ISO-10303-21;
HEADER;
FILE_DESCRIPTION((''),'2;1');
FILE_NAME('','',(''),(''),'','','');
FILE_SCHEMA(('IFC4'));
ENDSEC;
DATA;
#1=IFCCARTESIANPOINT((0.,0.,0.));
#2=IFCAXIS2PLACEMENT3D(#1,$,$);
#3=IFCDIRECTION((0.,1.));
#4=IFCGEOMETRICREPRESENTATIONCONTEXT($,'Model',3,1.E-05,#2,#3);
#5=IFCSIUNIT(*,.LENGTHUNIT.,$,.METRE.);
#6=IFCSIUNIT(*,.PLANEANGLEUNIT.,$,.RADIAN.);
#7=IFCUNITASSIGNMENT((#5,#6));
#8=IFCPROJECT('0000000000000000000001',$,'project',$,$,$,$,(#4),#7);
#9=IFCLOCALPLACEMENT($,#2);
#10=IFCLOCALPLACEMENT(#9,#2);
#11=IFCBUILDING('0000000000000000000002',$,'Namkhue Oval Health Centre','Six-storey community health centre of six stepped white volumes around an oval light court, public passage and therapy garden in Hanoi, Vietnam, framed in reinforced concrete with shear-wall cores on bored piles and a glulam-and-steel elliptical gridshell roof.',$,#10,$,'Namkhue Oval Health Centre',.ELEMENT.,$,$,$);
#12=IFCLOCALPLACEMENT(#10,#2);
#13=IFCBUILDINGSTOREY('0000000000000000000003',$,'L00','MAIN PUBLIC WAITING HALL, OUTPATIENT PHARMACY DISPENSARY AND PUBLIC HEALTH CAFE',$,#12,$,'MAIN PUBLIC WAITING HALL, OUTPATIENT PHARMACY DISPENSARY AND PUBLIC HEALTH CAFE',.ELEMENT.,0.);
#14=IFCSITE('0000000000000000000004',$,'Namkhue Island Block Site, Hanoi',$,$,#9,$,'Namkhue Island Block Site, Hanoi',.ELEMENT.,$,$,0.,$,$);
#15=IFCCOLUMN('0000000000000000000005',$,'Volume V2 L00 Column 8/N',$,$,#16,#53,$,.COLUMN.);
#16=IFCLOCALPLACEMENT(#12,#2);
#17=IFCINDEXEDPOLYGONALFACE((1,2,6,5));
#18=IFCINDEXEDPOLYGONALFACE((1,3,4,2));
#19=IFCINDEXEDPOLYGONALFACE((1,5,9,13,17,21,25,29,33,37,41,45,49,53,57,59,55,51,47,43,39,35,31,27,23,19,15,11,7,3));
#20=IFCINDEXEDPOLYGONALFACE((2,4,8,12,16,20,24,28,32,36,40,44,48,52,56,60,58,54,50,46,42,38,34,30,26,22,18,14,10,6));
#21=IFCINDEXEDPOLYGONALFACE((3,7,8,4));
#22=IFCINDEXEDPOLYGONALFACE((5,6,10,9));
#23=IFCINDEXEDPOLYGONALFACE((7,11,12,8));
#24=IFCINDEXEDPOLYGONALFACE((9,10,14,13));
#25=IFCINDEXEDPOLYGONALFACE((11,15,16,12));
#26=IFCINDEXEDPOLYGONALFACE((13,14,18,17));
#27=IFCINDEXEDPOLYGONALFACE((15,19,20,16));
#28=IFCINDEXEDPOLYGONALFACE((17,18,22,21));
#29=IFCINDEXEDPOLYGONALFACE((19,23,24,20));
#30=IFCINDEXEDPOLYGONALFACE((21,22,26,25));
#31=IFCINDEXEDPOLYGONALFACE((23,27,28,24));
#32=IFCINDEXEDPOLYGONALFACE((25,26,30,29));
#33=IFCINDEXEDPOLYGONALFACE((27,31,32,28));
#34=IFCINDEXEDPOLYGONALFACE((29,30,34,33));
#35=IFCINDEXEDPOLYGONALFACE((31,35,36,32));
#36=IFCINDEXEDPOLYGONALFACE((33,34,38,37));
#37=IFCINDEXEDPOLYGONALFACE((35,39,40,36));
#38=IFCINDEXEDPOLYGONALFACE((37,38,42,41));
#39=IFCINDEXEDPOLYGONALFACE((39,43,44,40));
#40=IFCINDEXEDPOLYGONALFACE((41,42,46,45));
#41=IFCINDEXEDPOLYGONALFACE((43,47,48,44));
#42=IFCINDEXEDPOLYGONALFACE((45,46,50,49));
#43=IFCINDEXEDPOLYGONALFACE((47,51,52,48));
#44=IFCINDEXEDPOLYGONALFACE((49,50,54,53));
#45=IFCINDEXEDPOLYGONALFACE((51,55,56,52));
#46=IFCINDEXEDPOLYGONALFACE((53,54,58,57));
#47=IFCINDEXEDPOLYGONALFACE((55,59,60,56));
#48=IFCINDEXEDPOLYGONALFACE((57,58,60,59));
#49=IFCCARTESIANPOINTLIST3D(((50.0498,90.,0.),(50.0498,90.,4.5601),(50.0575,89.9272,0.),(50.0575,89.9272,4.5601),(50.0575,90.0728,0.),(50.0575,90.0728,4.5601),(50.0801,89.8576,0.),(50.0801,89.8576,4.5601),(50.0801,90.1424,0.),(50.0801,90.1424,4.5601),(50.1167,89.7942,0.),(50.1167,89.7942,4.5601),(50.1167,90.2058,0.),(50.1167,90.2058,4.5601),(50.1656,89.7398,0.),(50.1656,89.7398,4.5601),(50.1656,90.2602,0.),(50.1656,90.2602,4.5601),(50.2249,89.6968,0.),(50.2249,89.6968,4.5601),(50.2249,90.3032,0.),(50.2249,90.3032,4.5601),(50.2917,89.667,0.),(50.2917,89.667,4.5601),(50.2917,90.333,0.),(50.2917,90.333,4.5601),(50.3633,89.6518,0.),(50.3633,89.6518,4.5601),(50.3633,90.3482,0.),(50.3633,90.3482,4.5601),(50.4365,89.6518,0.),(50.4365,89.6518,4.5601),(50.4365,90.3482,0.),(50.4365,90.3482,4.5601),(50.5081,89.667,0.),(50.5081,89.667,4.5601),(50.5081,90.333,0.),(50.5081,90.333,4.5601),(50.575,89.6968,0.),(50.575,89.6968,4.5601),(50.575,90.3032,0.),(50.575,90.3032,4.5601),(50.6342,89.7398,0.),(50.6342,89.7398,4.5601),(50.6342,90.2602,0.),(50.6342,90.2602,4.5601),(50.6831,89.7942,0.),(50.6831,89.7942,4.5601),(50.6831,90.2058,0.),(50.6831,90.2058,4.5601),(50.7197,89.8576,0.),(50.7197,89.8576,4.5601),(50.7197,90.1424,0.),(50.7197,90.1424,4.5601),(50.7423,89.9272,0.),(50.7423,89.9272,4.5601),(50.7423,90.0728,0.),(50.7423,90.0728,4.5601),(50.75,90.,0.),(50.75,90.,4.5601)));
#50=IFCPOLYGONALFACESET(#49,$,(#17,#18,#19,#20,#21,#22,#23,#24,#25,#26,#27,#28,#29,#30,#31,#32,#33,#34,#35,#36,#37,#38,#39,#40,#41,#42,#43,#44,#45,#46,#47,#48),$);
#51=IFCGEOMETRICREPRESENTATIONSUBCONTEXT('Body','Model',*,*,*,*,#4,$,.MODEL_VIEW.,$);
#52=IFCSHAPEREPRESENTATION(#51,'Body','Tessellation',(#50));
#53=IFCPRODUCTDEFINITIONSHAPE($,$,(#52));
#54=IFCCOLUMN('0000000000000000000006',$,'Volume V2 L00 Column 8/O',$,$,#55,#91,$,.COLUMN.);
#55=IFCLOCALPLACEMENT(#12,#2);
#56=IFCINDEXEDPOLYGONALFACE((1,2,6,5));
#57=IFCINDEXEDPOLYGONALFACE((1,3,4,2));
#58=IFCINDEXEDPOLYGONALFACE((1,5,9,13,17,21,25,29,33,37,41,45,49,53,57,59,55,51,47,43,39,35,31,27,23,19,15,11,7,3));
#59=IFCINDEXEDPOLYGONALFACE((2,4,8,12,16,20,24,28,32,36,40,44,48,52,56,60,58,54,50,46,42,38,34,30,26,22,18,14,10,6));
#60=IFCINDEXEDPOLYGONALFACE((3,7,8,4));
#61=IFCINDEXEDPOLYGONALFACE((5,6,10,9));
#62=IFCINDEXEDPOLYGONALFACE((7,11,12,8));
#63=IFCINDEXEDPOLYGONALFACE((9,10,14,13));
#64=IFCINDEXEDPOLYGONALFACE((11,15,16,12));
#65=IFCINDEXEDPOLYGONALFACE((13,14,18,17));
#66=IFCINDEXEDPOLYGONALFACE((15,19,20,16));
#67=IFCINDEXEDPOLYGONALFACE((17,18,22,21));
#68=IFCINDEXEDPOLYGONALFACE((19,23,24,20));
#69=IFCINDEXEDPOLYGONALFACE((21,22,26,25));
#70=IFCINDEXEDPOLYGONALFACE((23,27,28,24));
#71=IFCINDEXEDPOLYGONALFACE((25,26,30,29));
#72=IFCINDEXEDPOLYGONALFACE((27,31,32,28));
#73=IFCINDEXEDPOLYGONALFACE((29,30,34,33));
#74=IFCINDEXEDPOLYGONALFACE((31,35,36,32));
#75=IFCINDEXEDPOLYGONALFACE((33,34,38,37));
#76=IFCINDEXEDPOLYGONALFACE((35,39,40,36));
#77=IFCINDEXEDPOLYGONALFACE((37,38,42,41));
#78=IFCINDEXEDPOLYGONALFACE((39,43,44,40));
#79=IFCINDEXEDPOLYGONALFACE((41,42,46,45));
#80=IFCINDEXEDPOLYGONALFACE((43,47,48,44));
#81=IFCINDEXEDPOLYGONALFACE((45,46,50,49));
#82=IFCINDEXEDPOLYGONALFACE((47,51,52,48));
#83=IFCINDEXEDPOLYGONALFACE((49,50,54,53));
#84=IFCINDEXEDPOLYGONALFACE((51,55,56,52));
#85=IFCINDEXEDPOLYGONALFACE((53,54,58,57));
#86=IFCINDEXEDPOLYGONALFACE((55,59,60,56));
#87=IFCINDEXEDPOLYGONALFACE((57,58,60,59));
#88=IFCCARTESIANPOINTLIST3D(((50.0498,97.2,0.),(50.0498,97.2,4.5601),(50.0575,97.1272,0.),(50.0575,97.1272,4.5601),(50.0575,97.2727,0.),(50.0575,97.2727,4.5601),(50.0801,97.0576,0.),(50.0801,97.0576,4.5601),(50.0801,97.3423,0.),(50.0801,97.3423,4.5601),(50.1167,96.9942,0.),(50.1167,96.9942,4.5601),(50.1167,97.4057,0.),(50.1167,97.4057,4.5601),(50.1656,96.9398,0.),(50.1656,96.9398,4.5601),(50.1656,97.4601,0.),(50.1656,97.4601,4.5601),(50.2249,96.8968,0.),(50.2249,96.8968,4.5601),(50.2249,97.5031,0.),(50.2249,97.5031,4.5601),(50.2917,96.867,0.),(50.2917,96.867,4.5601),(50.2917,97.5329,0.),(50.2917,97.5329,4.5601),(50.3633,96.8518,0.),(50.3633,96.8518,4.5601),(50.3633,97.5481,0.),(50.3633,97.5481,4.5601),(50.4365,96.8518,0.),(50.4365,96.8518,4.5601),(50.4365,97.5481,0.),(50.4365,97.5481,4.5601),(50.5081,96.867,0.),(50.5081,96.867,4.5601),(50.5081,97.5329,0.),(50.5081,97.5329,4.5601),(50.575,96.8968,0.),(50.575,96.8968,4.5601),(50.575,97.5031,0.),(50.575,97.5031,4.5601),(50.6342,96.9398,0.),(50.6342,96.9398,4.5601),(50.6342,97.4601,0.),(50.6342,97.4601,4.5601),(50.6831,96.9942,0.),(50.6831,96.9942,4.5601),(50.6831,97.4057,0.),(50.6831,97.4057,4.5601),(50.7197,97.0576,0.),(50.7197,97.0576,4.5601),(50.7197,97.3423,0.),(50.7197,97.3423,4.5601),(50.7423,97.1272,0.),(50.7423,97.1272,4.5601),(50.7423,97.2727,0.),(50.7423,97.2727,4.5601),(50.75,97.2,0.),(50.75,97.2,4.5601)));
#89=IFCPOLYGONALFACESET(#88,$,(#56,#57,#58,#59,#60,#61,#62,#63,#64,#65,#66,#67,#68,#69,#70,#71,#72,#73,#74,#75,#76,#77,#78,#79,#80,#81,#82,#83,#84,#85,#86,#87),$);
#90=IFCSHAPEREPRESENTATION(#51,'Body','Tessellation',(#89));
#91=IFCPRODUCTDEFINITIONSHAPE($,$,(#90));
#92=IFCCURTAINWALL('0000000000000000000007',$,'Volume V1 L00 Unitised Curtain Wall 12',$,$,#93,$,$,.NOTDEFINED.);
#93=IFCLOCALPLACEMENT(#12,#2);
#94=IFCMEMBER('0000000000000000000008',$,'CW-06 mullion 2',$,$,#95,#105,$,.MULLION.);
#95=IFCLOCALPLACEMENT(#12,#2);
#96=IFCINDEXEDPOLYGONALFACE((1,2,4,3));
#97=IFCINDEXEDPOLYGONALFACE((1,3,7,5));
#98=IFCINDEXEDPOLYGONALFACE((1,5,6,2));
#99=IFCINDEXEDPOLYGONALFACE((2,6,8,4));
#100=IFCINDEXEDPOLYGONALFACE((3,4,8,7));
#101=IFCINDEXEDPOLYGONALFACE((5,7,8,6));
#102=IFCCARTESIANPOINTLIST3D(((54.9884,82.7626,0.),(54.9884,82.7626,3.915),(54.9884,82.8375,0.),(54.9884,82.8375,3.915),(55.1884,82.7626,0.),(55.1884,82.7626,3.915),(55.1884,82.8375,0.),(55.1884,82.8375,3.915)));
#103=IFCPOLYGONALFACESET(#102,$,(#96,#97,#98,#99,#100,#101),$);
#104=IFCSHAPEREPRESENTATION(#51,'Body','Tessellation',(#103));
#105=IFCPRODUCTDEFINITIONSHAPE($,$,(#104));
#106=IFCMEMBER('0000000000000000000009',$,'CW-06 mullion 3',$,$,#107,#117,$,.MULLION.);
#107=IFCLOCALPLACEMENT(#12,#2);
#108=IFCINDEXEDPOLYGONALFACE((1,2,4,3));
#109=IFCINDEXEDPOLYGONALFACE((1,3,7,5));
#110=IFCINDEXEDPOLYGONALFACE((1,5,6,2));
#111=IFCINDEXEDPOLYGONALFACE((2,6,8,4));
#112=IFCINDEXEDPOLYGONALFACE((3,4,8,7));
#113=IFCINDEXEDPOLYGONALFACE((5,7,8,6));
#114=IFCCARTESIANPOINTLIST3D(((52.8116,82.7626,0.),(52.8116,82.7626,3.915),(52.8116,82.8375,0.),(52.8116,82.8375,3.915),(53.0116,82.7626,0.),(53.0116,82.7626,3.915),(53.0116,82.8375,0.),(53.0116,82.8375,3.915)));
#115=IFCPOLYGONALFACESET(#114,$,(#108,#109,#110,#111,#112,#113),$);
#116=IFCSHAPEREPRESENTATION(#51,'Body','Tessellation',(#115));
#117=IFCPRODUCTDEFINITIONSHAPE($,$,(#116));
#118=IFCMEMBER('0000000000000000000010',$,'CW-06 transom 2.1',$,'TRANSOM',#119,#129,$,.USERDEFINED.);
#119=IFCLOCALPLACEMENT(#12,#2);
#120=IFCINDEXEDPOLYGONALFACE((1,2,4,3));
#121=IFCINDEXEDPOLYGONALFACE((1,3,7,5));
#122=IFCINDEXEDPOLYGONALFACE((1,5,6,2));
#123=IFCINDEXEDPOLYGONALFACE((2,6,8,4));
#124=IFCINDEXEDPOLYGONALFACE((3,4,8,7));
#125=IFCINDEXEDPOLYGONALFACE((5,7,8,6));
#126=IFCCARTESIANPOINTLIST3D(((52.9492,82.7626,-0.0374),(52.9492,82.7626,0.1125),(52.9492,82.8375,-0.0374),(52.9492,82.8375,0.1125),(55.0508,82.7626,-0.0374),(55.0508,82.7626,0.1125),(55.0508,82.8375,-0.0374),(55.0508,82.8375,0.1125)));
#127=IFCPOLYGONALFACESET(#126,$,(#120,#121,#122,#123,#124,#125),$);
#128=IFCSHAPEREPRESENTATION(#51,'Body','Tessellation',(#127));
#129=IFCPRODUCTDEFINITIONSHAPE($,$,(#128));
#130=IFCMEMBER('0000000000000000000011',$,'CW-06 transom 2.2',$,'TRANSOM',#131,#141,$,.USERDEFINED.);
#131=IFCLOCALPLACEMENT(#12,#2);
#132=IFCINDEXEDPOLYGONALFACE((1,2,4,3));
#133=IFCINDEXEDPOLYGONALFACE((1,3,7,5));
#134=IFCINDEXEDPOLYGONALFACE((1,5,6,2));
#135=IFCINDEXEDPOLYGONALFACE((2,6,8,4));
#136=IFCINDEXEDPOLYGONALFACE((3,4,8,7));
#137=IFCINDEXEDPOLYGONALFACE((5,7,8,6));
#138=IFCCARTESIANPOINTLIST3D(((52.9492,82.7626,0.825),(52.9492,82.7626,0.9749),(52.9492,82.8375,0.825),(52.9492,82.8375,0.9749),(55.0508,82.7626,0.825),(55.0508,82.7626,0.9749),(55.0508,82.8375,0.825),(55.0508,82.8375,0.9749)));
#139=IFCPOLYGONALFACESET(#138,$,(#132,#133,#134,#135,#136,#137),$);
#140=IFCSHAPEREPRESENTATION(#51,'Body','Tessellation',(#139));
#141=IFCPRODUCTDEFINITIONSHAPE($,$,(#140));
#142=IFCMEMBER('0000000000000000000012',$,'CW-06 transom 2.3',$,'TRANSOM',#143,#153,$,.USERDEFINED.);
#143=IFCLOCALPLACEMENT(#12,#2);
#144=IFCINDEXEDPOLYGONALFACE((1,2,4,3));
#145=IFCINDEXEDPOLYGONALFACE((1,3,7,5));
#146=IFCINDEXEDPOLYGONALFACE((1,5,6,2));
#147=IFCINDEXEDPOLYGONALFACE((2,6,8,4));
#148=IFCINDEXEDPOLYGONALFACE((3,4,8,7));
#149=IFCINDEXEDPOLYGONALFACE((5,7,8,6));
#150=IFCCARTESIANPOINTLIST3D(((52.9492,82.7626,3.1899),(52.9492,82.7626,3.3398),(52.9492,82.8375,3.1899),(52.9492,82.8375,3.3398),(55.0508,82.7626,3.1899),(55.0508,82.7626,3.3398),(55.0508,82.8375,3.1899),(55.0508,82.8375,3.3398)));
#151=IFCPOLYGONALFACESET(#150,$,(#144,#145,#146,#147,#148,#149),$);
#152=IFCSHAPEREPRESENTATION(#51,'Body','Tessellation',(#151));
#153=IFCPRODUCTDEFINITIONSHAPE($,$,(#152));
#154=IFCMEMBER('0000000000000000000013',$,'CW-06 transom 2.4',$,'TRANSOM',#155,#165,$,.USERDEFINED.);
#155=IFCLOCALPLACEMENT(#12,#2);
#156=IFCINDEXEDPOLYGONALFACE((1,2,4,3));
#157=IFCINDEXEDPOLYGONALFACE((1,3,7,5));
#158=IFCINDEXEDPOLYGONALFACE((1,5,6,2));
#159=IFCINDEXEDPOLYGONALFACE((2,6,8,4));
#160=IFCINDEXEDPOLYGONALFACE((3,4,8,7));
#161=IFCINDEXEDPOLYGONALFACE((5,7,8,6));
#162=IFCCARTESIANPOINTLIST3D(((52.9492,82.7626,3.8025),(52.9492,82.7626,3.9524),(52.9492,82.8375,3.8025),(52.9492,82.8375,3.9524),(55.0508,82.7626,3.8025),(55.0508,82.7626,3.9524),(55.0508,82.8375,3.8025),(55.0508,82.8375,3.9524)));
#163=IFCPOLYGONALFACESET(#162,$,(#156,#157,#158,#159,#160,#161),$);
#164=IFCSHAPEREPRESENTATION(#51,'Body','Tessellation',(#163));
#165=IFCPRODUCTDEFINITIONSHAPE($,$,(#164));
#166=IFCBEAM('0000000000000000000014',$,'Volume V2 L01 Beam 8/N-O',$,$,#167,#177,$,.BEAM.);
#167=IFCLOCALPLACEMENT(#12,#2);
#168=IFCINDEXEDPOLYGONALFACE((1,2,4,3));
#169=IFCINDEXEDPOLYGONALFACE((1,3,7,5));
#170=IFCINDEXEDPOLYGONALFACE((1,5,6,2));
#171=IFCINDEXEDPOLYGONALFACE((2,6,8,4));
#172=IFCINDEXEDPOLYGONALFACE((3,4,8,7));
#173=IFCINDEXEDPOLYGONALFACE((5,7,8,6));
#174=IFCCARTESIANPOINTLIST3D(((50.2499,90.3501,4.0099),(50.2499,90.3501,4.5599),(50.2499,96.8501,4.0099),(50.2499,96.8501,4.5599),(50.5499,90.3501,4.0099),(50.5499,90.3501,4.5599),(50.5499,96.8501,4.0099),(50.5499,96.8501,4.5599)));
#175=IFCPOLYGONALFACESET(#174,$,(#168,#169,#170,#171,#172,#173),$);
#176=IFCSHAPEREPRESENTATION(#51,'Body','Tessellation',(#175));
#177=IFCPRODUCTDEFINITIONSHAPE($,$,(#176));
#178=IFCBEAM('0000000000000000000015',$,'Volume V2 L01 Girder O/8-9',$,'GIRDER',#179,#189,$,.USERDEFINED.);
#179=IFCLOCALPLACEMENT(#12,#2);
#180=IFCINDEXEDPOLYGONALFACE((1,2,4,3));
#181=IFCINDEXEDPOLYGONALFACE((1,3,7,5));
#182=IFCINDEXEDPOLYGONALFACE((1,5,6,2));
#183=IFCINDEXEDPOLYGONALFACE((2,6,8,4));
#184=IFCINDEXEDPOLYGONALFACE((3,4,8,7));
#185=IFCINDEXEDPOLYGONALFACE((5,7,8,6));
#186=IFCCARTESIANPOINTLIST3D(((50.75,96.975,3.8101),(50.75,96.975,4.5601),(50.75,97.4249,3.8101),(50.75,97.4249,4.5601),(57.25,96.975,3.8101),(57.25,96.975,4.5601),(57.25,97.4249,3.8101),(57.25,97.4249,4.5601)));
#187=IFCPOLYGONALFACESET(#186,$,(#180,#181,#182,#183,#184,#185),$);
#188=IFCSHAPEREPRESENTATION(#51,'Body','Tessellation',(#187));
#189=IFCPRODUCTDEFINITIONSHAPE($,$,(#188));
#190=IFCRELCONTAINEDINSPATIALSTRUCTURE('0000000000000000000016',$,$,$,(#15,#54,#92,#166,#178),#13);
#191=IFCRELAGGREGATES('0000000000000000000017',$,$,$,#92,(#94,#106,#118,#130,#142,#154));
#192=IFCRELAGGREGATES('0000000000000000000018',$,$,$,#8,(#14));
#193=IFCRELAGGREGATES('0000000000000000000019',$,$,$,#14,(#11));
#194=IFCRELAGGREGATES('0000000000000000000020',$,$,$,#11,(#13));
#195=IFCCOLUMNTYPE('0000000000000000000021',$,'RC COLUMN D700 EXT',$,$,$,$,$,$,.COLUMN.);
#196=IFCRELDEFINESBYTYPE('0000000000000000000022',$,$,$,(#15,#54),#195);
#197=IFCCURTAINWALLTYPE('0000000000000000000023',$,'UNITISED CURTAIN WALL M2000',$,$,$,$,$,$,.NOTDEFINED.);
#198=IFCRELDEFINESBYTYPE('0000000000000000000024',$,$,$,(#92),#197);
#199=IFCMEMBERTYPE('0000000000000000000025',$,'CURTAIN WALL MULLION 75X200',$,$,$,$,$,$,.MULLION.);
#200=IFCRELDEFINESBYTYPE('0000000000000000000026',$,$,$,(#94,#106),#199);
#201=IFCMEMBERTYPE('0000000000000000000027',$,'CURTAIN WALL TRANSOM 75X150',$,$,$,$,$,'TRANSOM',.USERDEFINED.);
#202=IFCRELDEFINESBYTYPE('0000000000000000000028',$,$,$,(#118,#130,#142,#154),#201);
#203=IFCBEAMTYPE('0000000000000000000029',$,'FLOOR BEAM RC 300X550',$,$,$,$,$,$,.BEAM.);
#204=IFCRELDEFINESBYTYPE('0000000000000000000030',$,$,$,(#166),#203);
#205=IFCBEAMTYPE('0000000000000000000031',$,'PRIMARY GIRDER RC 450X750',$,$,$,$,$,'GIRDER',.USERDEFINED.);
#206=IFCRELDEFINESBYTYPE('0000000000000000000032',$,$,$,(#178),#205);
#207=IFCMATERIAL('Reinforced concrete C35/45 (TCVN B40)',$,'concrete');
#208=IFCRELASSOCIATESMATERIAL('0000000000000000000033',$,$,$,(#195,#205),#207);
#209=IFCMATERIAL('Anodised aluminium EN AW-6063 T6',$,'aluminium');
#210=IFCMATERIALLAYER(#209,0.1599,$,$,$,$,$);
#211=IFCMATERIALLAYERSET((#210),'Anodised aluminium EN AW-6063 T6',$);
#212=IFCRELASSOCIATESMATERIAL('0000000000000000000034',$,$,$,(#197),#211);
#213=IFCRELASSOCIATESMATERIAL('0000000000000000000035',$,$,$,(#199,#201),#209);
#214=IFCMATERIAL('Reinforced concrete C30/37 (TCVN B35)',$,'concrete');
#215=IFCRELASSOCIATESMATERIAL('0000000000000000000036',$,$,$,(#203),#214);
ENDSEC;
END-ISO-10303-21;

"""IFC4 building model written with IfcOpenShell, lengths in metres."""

from ifc_helpers import new_model, si_unit, direction, frame, origin, origin_2d, place, context, subcontext, project, spatial, rectangle, circle, extrude, material, layer, layer_set, material_profile, profile_set, type_object, element, aggregate, save


model = new_model("IFC4")

# Units and contexts
model_context = context("Model", 3, precision=1e-05, world=origin(), true_north=direction((0.0, 1.0)))
body_context = subcontext(model_context, "Body", "Model", "MODEL_VIEW")
ifc_project = project(units=[si_unit("LENGTHUNIT", "METRE"), si_unit("PLANEANGLEUNIT", "RADIAN")], contexts=[model_context])

# Site, building, storey
site_placement = place(None, origin())
site = spatial("IfcSite", under=ifc_project, at=site_placement, Name="Namkhue Island Block Site, Hanoi", LongName="Namkhue Island Block Site, Hanoi", CompositionType="ELEMENT", RefElevation=0.0)
building_placement = place(site_placement, origin())
building = spatial("IfcBuilding", under=site, at=building_placement, Name="Namkhue Oval Health Centre", Description="Six-storey community health centre of six stepped white volumes around an oval light court, public passage and therapy garden in Hanoi, Vietnam, framed in reinforced concrete with shear-wall cores on bored piles and a glulam-and-steel elliptical gridshell roof.", LongName="Namkhue Oval Health Centre", CompositionType="ELEMENT")
storey_placement = place(building_placement, origin())
storey = spatial("IfcBuildingStorey", under=building, at=storey_placement, Name="L00", Description="MAIN PUBLIC WAITING HALL, OUTPATIENT PHARMACY DISPENSARY AND PUBLIC HEALTH CAFE", LongName="MAIN PUBLIC WAITING HALL, OUTPATIENT PHARMACY DISPENSARY AND PUBLIC HEALTH CAFE", CompositionType="ELEMENT", Elevation=0.0)

# Shared definitions
ifc_material_1 = material(Name="Reinforced concrete C30/37 (TCVN B35)", Category="concrete")

# Columns
ifc_material_2 = material(Name="Reinforced concrete C35/45 (TCVN B40)", Category="concrete")
ifc_material_profile_1 = material_profile(ifc_material_2, circle(Radius=0.3501, at=origin_2d()), Name="RC D700")
ifc_profile_set_1 = profile_set([ifc_material_profile_1], Name="Reinforced concrete C35/45 (TCVN B40)")
column_type = type_object("IfcColumnType", Name="RC COLUMN D700 EXT", PredefinedType="COLUMN", material=ifc_profile_set_1)
for number, where, z_axis, x_axis, name in (
    (1, (50.3999, 90.0, 0.0), (0.0, 0.0, 1.0), (1.0, 0.0, 0.0), "Volume V2 L00 Column 8/N"),
    (2, (50.3999, 97.2, 0.0), (0.0, 0.0, 1.0), (1.0, 0.0, 0.0), "Volume V2 L00 Column 8/O"),
):
    element("IfcColumn", number, at=place(storey_placement, frame(where, z_axis=z_axis, x_axis=x_axis)), inside=storey, type_object=column_type, Name=name, PredefinedType="COLUMN", context=body_context, shape_type="SweptSolid", body=[
        extrude(circle(Radius=0.3501, at=origin_2d()), origin(), (0.0, 0.0, 1.0), 4.5601),
    ])

# Curtain wall, members
ifc_material_3 = material(Name="Anodised aluminium EN AW-6063 T6", Category="aluminium")
ifc_layer_1 = layer(ifc_material_3, 0.1599)
ifc_layer_set_1 = layer_set([ifc_layer_1], Name="Anodised aluminium EN AW-6063 T6")
curtain_wall_type = type_object("IfcCurtainWallType", Name="UNITISED CURTAIN WALL M2000", PredefinedType="NOTDEFINED", material=ifc_layer_set_1)
curtain_wall_placement = place(storey_placement, origin())
curtain_wall = element("IfcCurtainWall", 3, at=curtain_wall_placement, inside=storey, type_object=curtain_wall_type, Name="Volume V1 L00 Unitised Curtain Wall 12", PredefinedType="NOTDEFINED")
ifc_material_profile_2 = material_profile(ifc_material_3, rectangle(XDim=0.075, YDim=0.2, at=origin_2d()), Name="ALU 75x200")
ifc_profile_set_2 = profile_set([ifc_material_profile_2], Name="Anodised aluminium EN AW-6063 T6")
member_type_1 = type_object("IfcMemberType", Name="CURTAIN WALL MULLION 75X200", PredefinedType="MULLION", material=ifc_profile_set_2)
member_1_placement = place(storey_placement, frame((55.0884, 82.8, 0.0), z_axis=(0.0, 0.0, 1.0), x_axis=(0.0, -1.0, 0.0)))
member_1 = element("IfcMember", 4, at=member_1_placement, type_object=member_type_1, Name="CW-06 mullion 2", PredefinedType="MULLION", context=body_context, shape_type="SweptSolid", body=[
    extrude(rectangle(XDim=0.075, YDim=0.2, at=origin_2d()), origin(), (0.0, 0.0, 1.0), 3.915),
])
member_2_placement = place(storey_placement, frame((52.9116, 82.8, 0.0), z_axis=(0.0, 0.0, 1.0), x_axis=(0.0, -1.0, 0.0)))
member_2 = element("IfcMember", 5, at=member_2_placement, type_object=member_type_1, Name="CW-06 mullion 3", PredefinedType="MULLION", context=body_context, shape_type="SweptSolid", body=[
    extrude(rectangle(XDim=0.075, YDim=0.2, at=origin_2d()), origin(), (0.0, 0.0, 1.0), 3.915),
])
ifc_material_profile_3 = material_profile(ifc_material_3, rectangle(XDim=0.075, YDim=0.1499, at=origin_2d()), Name="ALU 75x150")
ifc_profile_set_3 = profile_set([ifc_material_profile_3], Name="Anodised aluminium EN AW-6063 T6")
member_type_2 = type_object("IfcMemberType", Name="CURTAIN WALL TRANSOM 75X150", ElementType="TRANSOM", PredefinedType="USERDEFINED", material=ifc_profile_set_3)
member_3_placement = place(storey_placement, frame((55.0508, 82.8, 0.0376), z_axis=(-1.0, 0.0, 0.0), x_axis=(0.0, -1.0, 0.0)))
member_3 = element("IfcMember", 6, at=member_3_placement, type_object=member_type_2, Name="CW-06 transom 2.1", ObjectType="TRANSOM", PredefinedType="USERDEFINED", context=body_context, shape_type="SweptSolid", body=[
    extrude(rectangle(XDim=0.075, YDim=0.1499, at=origin_2d()), origin(), (0.0, 0.0, 1.0), 2.1016),
])
member_4_placement = place(storey_placement, frame((55.0508, 82.8, 0.8999), z_axis=(-1.0, 0.0, 0.0), x_axis=(0.0, -1.0, 0.0)))
member_4 = element("IfcMember", 7, at=member_4_placement, type_object=member_type_2, Name="CW-06 transom 2.2", ObjectType="TRANSOM", PredefinedType="USERDEFINED", context=body_context, shape_type="SweptSolid", body=[
    extrude(rectangle(XDim=0.075, YDim=0.1499, at=origin_2d()), origin(), (0.0, 0.0, 1.0), 2.1016),
])
member_5_placement = place(storey_placement, frame((55.0508, 82.8, 3.2649), z_axis=(-1.0, 0.0, 0.0), x_axis=(0.0, -1.0, 0.0)))
member_5 = element("IfcMember", 8, at=member_5_placement, type_object=member_type_2, Name="CW-06 transom 2.3", ObjectType="TRANSOM", PredefinedType="USERDEFINED", context=body_context, shape_type="SweptSolid", body=[
    extrude(rectangle(XDim=0.075, YDim=0.1499, at=origin_2d()), origin(), (0.0, 0.0, 1.0), 2.1016),
])
member_6_placement = place(storey_placement, frame((55.0508, 82.8, 3.8774), z_axis=(-1.0, 0.0, 0.0), x_axis=(0.0, -1.0, 0.0)))
member_6 = element("IfcMember", 9, at=member_6_placement, type_object=member_type_2, Name="CW-06 transom 2.4", ObjectType="TRANSOM", PredefinedType="USERDEFINED", context=body_context, shape_type="SweptSolid", body=[
    extrude(rectangle(XDim=0.075, YDim=0.1499, at=origin_2d()), origin(), (0.0, 0.0, 1.0), 2.1016),
])

# Beams
ifc_material_profile_4 = material_profile(ifc_material_1, rectangle(XDim=0.3, YDim=0.55, at=origin_2d()), Name="RC 300x550")
ifc_profile_set_4 = profile_set([ifc_material_profile_4], Name="Reinforced concrete C30/37 (TCVN B35)")
beam_type_1 = type_object("IfcBeamType", Name="FLOOR BEAM RC 300X550", PredefinedType="BEAM", material=ifc_profile_set_4)
beam_1_placement = place(storey_placement, frame((50.3999, 90.3501, 4.2849), z_axis=(0.0, 1.0, 0.0), x_axis=(-1.0, 0.0, 0.0)))
element("IfcBeam", 10, at=beam_1_placement, inside=storey, type_object=beam_type_1, Name="Volume V2 L01 Beam 8/N-O", PredefinedType="BEAM", context=body_context, shape_type="SweptSolid", body=[
    extrude(rectangle(XDim=0.3, YDim=0.55, at=origin_2d()), origin(), (0.0, 0.0, 1.0), 6.5),
])
ifc_material_profile_5 = material_profile(ifc_material_2, rectangle(XDim=0.45, YDim=0.75, at=origin_2d()), Name="RC 450x750")
ifc_profile_set_5 = profile_set([ifc_material_profile_5], Name="Reinforced concrete C35/45 (TCVN B40)")
beam_type_2 = type_object("IfcBeamType", Name="PRIMARY GIRDER RC 450X750", ElementType="GIRDER", PredefinedType="USERDEFINED", material=ifc_profile_set_5)
beam_2_placement = place(storey_placement, frame((50.75, 97.2, 4.1851), z_axis=(1.0, 0.0, 0.0), x_axis=(0.0, 1.0, 0.0)))
element("IfcBeam", 11, at=beam_2_placement, inside=storey, type_object=beam_type_2, Name="Volume V2 L01 Girder O/8-9", ObjectType="GIRDER", PredefinedType="USERDEFINED", context=body_context, shape_type="SweptSolid", body=[
    extrude(rectangle(XDim=0.45, YDim=0.75, at=origin_2d()), origin(), (0.0, 0.0, 1.0), 6.5),
])

aggregate(curtain_wall, [member_1, member_2, member_3, member_4, member_5, member_6])

save(model, "model.ifc")
